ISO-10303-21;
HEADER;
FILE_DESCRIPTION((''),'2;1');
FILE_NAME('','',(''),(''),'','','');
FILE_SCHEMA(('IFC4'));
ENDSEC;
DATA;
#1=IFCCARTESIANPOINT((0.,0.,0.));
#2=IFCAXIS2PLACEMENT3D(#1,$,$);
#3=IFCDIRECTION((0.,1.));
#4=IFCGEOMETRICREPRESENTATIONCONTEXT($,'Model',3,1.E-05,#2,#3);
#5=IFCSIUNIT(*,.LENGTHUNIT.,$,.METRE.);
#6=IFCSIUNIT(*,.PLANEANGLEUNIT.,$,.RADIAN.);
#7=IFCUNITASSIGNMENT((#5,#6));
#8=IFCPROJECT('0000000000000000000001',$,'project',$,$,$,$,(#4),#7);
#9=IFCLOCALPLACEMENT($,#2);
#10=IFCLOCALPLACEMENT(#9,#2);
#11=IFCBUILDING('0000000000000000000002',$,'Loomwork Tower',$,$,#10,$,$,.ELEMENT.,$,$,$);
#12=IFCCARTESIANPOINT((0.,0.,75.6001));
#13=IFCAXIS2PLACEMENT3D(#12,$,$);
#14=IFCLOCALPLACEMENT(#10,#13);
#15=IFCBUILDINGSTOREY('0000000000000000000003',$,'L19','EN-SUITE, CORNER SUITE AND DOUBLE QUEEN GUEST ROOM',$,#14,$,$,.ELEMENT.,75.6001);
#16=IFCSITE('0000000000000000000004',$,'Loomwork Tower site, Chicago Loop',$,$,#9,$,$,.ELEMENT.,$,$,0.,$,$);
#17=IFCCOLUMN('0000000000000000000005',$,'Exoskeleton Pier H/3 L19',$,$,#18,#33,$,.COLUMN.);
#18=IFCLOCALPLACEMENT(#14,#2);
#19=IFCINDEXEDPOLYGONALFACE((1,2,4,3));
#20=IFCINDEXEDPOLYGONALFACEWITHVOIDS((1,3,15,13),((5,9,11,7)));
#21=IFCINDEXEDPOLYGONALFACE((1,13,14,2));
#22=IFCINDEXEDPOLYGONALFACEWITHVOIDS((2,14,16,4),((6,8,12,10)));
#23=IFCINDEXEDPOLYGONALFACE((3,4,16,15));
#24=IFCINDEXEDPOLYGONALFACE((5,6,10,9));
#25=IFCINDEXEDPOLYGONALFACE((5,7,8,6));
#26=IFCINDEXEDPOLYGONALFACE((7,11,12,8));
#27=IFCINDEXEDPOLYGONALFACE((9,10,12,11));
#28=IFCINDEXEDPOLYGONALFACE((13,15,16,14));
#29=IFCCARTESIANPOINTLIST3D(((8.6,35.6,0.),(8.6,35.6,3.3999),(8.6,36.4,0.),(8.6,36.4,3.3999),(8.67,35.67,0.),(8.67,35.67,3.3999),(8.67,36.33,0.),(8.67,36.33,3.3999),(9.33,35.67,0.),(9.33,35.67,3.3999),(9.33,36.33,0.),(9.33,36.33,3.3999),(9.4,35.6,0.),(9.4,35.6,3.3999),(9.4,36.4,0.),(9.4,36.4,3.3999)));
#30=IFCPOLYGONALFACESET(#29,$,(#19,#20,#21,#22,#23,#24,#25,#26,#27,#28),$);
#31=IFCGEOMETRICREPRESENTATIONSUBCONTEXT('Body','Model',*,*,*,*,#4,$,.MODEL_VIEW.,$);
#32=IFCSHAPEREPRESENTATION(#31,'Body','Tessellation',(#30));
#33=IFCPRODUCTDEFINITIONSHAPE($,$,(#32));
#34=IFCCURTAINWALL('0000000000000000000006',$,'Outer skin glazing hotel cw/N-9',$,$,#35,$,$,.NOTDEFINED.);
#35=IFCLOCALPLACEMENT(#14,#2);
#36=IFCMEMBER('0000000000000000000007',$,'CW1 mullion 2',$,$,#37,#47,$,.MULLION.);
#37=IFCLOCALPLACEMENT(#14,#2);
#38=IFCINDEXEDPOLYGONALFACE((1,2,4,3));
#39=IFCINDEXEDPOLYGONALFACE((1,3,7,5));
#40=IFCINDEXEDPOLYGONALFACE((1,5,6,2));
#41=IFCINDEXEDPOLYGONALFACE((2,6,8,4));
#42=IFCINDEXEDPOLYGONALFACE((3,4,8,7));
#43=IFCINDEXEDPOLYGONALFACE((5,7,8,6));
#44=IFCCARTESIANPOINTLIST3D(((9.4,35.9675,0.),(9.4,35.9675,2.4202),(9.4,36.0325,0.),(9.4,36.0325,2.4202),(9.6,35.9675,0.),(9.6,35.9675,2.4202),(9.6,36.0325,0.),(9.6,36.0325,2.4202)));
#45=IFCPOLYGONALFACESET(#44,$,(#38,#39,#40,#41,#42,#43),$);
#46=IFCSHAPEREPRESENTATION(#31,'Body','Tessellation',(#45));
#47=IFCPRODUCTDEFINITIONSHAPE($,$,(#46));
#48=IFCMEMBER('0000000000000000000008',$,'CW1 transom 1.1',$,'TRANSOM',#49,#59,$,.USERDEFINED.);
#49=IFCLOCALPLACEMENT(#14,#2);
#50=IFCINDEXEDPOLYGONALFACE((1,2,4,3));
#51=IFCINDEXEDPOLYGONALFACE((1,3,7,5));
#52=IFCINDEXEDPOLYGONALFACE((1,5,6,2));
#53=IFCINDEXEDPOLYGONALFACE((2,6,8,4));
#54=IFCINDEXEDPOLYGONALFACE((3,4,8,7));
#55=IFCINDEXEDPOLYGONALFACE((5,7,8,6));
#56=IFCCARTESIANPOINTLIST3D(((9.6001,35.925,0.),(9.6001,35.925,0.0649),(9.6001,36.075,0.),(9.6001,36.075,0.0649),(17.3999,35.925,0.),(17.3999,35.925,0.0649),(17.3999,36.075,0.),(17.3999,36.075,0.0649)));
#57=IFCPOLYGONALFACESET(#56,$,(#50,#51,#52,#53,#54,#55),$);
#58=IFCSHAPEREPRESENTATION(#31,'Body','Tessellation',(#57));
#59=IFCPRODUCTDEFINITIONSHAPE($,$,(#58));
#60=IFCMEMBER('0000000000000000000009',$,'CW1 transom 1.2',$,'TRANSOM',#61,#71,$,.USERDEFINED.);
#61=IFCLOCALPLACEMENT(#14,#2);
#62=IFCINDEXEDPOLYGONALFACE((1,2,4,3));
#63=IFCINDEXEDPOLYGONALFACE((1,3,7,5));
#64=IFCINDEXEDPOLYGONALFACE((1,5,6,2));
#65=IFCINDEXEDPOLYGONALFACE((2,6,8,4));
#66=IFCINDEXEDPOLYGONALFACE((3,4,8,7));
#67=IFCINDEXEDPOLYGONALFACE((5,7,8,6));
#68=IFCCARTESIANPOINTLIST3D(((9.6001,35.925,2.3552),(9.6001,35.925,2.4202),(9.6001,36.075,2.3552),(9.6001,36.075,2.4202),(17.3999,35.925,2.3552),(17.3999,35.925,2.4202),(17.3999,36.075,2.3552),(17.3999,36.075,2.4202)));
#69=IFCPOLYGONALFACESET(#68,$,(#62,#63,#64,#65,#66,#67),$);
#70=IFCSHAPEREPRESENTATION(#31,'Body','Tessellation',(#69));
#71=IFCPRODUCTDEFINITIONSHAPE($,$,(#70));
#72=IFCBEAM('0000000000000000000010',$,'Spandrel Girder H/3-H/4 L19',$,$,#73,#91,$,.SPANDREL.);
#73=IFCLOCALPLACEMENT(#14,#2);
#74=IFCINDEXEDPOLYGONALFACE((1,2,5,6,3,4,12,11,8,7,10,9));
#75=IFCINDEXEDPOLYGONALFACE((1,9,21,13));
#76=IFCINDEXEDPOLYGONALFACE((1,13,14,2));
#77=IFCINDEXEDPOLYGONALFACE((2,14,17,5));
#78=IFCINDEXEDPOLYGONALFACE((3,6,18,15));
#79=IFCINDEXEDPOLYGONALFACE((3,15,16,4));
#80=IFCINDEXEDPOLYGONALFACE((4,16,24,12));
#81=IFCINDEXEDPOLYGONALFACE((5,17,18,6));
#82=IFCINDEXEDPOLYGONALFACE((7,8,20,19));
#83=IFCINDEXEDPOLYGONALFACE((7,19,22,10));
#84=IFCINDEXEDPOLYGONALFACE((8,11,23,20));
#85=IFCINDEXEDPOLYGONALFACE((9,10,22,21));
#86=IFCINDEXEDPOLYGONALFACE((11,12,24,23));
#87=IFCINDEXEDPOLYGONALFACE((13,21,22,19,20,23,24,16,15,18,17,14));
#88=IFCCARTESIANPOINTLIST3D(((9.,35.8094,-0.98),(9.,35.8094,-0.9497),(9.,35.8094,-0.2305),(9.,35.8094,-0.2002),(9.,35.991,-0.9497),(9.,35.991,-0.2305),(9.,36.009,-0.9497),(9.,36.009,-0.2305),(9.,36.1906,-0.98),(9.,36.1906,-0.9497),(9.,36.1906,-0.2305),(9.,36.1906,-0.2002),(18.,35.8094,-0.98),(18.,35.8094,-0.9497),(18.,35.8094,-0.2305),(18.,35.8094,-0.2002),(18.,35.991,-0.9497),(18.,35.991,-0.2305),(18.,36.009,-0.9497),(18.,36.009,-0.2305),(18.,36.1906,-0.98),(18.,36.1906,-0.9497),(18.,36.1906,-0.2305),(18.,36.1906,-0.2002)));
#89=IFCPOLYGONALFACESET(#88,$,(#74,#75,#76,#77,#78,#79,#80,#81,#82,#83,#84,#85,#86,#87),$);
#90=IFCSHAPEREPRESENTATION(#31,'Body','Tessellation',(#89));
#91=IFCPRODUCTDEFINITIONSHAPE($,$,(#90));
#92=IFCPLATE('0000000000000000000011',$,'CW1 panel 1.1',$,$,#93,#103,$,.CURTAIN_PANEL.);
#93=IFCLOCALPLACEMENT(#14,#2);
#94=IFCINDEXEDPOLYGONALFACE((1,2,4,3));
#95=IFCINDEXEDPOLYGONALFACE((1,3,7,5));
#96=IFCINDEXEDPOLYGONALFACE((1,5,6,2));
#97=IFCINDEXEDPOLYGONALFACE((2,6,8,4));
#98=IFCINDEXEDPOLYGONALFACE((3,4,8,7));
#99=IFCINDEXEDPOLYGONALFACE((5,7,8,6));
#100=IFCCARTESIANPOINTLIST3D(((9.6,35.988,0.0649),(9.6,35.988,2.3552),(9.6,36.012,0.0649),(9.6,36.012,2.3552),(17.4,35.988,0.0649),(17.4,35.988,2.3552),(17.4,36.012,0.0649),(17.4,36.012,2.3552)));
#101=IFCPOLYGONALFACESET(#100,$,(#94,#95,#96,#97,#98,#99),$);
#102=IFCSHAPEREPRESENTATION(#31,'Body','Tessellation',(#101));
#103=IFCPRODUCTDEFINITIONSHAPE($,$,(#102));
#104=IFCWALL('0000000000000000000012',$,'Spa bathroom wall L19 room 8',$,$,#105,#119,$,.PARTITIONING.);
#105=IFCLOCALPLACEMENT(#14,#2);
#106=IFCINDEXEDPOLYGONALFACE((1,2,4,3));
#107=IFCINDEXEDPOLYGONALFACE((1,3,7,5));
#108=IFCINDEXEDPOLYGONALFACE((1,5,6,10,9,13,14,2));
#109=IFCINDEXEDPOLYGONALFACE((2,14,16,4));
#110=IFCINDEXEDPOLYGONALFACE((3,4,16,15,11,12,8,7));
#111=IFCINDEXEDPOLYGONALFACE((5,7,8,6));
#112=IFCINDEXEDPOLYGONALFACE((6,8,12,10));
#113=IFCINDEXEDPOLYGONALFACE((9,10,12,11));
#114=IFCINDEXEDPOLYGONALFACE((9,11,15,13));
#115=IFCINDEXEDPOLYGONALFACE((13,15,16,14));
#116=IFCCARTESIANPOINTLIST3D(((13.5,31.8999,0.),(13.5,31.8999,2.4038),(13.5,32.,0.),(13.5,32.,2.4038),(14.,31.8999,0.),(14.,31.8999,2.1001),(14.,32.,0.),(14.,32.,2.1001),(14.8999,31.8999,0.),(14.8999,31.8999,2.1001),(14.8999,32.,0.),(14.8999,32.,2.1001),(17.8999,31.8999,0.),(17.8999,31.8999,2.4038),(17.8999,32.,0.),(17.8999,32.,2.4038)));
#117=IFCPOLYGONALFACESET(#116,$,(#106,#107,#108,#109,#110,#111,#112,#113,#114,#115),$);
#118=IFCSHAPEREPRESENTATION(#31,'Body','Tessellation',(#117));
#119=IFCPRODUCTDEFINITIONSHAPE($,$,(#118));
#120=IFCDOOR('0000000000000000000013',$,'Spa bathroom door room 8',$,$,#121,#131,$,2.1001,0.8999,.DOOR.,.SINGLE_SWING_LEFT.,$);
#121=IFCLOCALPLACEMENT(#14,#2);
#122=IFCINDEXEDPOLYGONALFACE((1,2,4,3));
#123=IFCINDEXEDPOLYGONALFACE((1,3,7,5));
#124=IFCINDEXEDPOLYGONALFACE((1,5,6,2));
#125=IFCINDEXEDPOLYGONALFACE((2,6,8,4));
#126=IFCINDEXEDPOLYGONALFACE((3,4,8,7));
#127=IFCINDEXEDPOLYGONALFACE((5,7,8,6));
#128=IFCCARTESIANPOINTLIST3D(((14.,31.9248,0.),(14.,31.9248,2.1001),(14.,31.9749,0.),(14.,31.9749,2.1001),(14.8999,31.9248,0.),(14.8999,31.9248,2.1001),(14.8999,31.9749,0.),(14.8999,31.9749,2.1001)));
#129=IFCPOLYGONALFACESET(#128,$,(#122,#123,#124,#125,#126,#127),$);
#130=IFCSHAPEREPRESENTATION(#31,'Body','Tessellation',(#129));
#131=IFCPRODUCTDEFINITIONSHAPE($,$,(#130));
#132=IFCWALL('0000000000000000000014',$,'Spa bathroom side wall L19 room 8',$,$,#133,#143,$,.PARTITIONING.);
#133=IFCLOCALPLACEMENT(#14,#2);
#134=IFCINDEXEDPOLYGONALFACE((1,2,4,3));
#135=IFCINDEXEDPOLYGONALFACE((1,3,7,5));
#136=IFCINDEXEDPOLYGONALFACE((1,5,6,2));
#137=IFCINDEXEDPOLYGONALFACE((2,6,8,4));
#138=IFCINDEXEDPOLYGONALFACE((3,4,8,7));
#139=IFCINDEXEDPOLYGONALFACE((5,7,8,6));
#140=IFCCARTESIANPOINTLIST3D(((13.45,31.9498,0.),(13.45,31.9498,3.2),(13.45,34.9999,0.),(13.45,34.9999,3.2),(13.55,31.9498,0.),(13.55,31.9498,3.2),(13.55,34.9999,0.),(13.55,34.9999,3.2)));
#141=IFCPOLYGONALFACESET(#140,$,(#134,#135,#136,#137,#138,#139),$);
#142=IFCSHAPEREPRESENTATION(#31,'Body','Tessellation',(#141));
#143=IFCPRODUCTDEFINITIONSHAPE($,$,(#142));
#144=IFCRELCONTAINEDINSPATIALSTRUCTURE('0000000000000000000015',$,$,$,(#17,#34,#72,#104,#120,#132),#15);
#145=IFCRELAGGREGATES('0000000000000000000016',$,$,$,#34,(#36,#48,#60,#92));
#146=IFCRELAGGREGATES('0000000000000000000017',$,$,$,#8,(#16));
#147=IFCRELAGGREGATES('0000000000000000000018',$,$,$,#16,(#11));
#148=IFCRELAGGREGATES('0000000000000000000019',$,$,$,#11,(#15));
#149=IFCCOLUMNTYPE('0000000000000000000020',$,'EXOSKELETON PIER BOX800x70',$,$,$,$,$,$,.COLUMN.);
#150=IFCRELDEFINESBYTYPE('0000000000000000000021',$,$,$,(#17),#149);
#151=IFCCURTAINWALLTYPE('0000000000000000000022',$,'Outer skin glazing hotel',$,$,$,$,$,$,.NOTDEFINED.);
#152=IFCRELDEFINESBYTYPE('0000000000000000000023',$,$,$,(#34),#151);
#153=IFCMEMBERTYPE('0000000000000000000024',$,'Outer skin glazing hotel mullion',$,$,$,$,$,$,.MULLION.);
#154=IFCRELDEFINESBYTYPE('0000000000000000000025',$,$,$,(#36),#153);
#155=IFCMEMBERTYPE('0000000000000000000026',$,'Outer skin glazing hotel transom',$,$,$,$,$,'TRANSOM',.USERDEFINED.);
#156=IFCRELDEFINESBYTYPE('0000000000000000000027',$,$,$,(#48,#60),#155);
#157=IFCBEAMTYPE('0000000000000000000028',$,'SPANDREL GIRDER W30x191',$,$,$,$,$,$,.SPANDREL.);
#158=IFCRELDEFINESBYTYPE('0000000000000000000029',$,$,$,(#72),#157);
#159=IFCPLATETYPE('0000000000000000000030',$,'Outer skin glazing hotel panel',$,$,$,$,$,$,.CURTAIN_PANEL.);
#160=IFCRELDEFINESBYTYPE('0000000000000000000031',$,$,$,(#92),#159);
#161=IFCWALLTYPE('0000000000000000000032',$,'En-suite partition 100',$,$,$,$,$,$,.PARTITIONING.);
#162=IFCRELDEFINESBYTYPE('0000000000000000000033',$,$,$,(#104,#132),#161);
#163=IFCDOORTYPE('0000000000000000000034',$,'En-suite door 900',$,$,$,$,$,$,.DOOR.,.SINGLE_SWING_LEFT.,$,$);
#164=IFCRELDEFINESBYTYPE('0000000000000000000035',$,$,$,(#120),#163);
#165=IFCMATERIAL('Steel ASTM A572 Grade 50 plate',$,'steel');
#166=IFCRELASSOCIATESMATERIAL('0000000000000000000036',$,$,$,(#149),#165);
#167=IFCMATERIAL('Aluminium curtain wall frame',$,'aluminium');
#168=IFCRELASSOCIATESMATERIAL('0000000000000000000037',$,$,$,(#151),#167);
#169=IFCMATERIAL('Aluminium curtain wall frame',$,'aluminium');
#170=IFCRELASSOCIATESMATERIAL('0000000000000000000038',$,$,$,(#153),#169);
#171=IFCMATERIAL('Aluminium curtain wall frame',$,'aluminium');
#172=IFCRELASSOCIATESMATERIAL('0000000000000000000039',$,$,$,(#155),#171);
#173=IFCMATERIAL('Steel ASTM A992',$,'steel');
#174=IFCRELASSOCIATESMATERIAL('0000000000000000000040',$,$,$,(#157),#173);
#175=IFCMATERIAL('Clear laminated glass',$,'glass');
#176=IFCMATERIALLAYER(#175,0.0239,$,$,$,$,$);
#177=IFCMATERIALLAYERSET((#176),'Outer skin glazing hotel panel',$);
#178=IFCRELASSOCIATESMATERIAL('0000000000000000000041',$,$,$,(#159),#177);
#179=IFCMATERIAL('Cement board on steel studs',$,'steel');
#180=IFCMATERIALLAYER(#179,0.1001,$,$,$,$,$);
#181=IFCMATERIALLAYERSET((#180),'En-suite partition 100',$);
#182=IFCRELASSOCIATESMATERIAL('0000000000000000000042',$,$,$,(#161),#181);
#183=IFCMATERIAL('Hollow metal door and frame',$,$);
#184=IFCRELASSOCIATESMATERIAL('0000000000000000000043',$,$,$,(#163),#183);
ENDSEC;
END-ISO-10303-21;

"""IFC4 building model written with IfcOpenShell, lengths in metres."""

from ifc_helpers import new_model, si_unit, direction, frame, frame_2d, origin, origin_2d, place, context, subcontext, project, spatial, rectangle, hollow_rectangle, i_section, extrude, material, layer, layer_set, material_profile, profile_set, type_object, element, fill, aggregate, save


model = new_model("IFC4")

# Units and contexts
model_context = context("Model", 3, precision=1e-05, world=origin(), true_north=direction((0.0, 1.0)))
body_context = subcontext(model_context, "Body", "Model", "MODEL_VIEW")
ifc_project = project(units=[si_unit("LENGTHUNIT", "METRE"), si_unit("PLANEANGLEUNIT", "RADIAN")], contexts=[model_context])

# Site, building, storey
site_placement = place(None, origin())
site = spatial("IfcSite", under=ifc_project, at=site_placement, Name="Loomwork Tower site, Chicago Loop", CompositionType="ELEMENT", RefElevation=0.0)
building_placement = place(site_placement, origin())
building = spatial("IfcBuilding", under=site, at=building_placement, Name="Loomwork Tower", CompositionType="ELEMENT")
storey_placement = place(building_placement, frame((0.0, 0.0, 75.6001)))
storey = spatial("IfcBuildingStorey", under=building, at=storey_placement, Name="L19", Description="EN-SUITE, CORNER SUITE AND DOUBLE QUEEN GUEST ROOM", CompositionType="ELEMENT", Elevation=75.6001)

# Column
ifc_material_1 = material(Name="Steel ASTM A572 Grade 50 plate", Category="steel")
ifc_material_profile_1 = material_profile(ifc_material_1, hollow_rectangle(XDim=0.8, YDim=0.8, WallThickness=0.0701, at=origin_2d()), Name="BOX800x70")
ifc_profile_set_1 = profile_set([ifc_material_profile_1], Name="Steel ASTM A572 Grade 50 plate")
column_type = type_object("IfcColumnType", Name="EXOSKELETON PIER BOX800x70", PredefinedType="COLUMN", material=ifc_profile_set_1)
column_placement = place(storey_placement, frame((9.0, 36.0, 0.0), z_axis=(0.0, 0.0, 1.0), x_axis=(1.0, 0.0, 0.0)))
element("IfcColumn", 1, at=column_placement, inside=storey, type_object=column_type, Name="Exoskeleton Pier H/3 L19", PredefinedType="COLUMN", context=body_context, shape_type="SweptSolid", body=[
    extrude(hollow_rectangle(XDim=0.8, YDim=0.8, WallThickness=0.0701, at=origin_2d()), origin(), (0.0, 0.0, 1.0), 3.3999),
])

# Curtain wall, members
ifc_material_2 = material(Name="Aluminium curtain wall frame", Category="aluminium")
curtain_wall_type = type_object("IfcCurtainWallType", Name="Outer skin glazing hotel", PredefinedType="NOTDEFINED", material=ifc_material_2)
curtain_wall_placement = place(storey_placement, origin())
curtain_wall = element("IfcCurtainWall", 2, at=curtain_wall_placement, inside=storey, type_object=curtain_wall_type, Name="Outer skin glazing hotel cw/N-9", PredefinedType="NOTDEFINED")
ifc_material_3 = material(Name="Aluminium curtain wall frame", Category="aluminium")
ifc_material_profile_2 = material_profile(ifc_material_3, rectangle(XDim=0.0649, YDim=0.2, at=origin_2d()), Name="AL 65x200")
ifc_profile_set_2 = profile_set([ifc_material_profile_2], Name="Aluminium curtain wall frame")
member_type_1 = type_object("IfcMemberType", Name="Outer skin glazing hotel mullion", PredefinedType="MULLION", material=ifc_profile_set_2)
member_1_placement = place(storey_placement, frame((9.5, 36.0, 0.0), z_axis=(0.0, 0.0, 1.0), x_axis=(0.0, -1.0, 0.0)))
member_1 = element("IfcMember", 3, at=member_1_placement, type_object=member_type_1, Name="CW1 mullion 2", PredefinedType="MULLION", context=body_context, shape_type="SweptSolid", body=[
    extrude(rectangle(XDim=0.0649, YDim=0.2, at=origin_2d()), origin(), (0.0, 0.0, 1.0), 2.4202),
])
ifc_material_4 = material(Name="Aluminium curtain wall frame", Category="aluminium")
ifc_material_profile_3 = material_profile(ifc_material_4, rectangle(XDim=0.1499, YDim=0.0649, at=origin_2d()), Name="AL 65x150")
ifc_profile_set_3 = profile_set([ifc_material_profile_3], Name="Aluminium curtain wall frame")
member_type_2 = type_object("IfcMemberType", Name="Outer skin glazing hotel transom", ElementType="TRANSOM", PredefinedType="USERDEFINED", material=ifc_profile_set_3)
member_2_placement = place(storey_placement, frame((17.3999, 36.0, 0.0325), z_axis=(-1.0, 0.0, 0.0), x_axis=(0.0, -1.0, 0.0)))
member_2 = element("IfcMember", 4, at=member_2_placement, type_object=member_type_2, Name="CW1 transom 1.1", ObjectType="TRANSOM", PredefinedType="USERDEFINED", context=body_context, shape_type="SweptSolid", body=[
    extrude(rectangle(XDim=0.1499, YDim=0.0649, at=origin_2d()), origin(), (0.0, 0.0, 1.0), 7.7998),
])
member_3_placement = place(storey_placement, frame((17.3999, 36.0, 2.3877), z_axis=(-1.0, 0.0, 0.0), x_axis=(0.0, -1.0, 0.0)))
member_3 = element("IfcMember", 5, at=member_3_placement, type_object=member_type_2, Name="CW1 transom 1.2", ObjectType="TRANSOM", PredefinedType="USERDEFINED", context=body_context, shape_type="SweptSolid", body=[
    extrude(rectangle(XDim=0.1499, YDim=0.0649, at=origin_2d()), origin(), (0.0, 0.0, 1.0), 7.7998),
])

# Beam
ifc_material_5 = material(Name="Steel ASTM A992", Category="steel")
ifc_material_profile_4 = material_profile(ifc_material_5, i_section(OverallWidth=0.3811, OverallDepth=0.7798, WebThickness=0.0181, FlangeThickness=0.0303, at=origin_2d()), Name="W30x191")
ifc_profile_set_4 = profile_set([ifc_material_profile_4], Name="Steel ASTM A992")
beam_type = type_object("IfcBeamType", Name="SPANDREL GIRDER W30x191", PredefinedType="SPANDREL", material=ifc_profile_set_4)
beam_placement = place(storey_placement, frame((9.0, 36.0, -0.5901), z_axis=(1.0, 0.0, 0.0), x_axis=(0.0, 1.0, 0.0)))
element("IfcBeam", 6, at=beam_placement, inside=storey, type_object=beam_type, Name="Spandrel Girder H/3-H/4 L19", PredefinedType="SPANDREL", context=body_context, shape_type="SweptSolid", body=[
    extrude(i_section(OverallWidth=0.3811, OverallDepth=0.7798, WebThickness=0.0181, FlangeThickness=0.0303, at=origin_2d()), origin(), (0.0, 0.0, 1.0), 9.0),
])

# Plate
ifc_material_6 = material(Name="Clear laminated glass", Category="glass")
ifc_layer_1 = layer(ifc_material_6, 0.0239)
ifc_layer_set_1 = layer_set([ifc_layer_1], Name="Outer skin glazing hotel panel")
plate_type = type_object("IfcPlateType", Name="Outer skin glazing hotel panel", PredefinedType="CURTAIN_PANEL", material=ifc_layer_set_1)
plate_placement = place(storey_placement, frame((13.5, 36.0, 0.0649), z_axis=(0.0, 0.0, 1.0), x_axis=(-1.0, 0.0, 0.0)))
plate = element("IfcPlate", 7, at=plate_placement, type_object=plate_type, Name="CW1 panel 1.1", PredefinedType="CURTAIN_PANEL", context=body_context, shape_type="SweptSolid", body=[
    extrude(rectangle(XDim=7.8, YDim=0.0239, at=origin_2d()), origin(), (0.0, 0.0, 1.0), 2.2903),
])
aggregate(curtain_wall, [member_1, member_2, member_3, plate])

# Wall, opening, door
ifc_material_7 = material(Name="Cement board on steel studs", Category="steel")
ifc_layer_2 = layer(ifc_material_7, 0.1001)
ifc_layer_set_2 = layer_set([ifc_layer_2], Name="En-suite partition 100")
wall_type_1 = type_object("IfcWallType", Name="En-suite partition 100", PredefinedType="PARTITIONING", material=ifc_layer_set_2)
wall_1_placement = place(storey_placement, frame((13.5, 31.95, 0.0), z_axis=(0.0, 0.0, 1.0), x_axis=(1.0, 0.0, 0.0)))
wall_1 = element("IfcWall", 8, at=wall_1_placement, inside=storey, type_object=wall_type_1, Name="Spa bathroom wall L19 room 8", PredefinedType="PARTITIONING", context=body_context, shape_type="SweptSolid", body=[
    extrude(rectangle(XDim=4.3999, YDim=0.1001, at=frame_2d((2.2, 0.0))), origin(), (0.0, 0.0, 1.0), 2.4038),
])
opening_1_placement = place(wall_1_placement, frame((0.5, 0.0, 0.0)))
opening_1 = element("IfcOpeningElement", 9, at=opening_1_placement, cuts=wall_1, PredefinedType="OPENING", context=body_context, shape_type="SweptSolid", body=[
    extrude(rectangle(XDim=0.8999, YDim=2.1001, at=frame_2d((0.45, 1.05))), frame((0.0, 0.0601, 0.0), z_axis=(0.0, -1.0, 0.0), x_axis=(1.0, 0.0, 0.0)), (0.0, 0.0, 1.0), 0.1201),
])
ifc_material_8 = material(Name="Hollow metal door and frame")
door_type = type_object("IfcDoorType", Name="En-suite door 900", OperationType="SINGLE_SWING_LEFT", PredefinedType="DOOR", material=ifc_material_8)
door_placement = place(opening_1_placement, origin())
door = element("IfcDoor", 10, at=door_placement, inside=storey, type_object=door_type, Name="Spa bathroom door room 8", OperationType="SINGLE_SWING_LEFT", OverallHeight=2.1001, OverallWidth=0.8999, PredefinedType="DOOR", context=body_context, shape_type="SweptSolid", body=[
    extrude(rectangle(XDim=0.8999, YDim=2.1001, at=frame_2d((0.45, 1.05))), frame((0.0, 0.0249, 0.0), z_axis=(0.0, -1.0, 0.0), x_axis=(1.0, 0.0, 0.0)), (0.0, 0.0, 1.0), 0.05),
])
fill(opening_1, door)

# Wall
wall_2_placement = place(storey_placement, frame((13.5, 31.95, 0.0), z_axis=(0.0, 0.0, 1.0), x_axis=(0.0, 1.0, 0.0)))
element("IfcWall", 11, at=wall_2_placement, inside=storey, type_object=wall_type_1, Name="Spa bathroom side wall L19 room 8", PredefinedType="PARTITIONING", context=body_context, shape_type="SweptSolid", body=[
    extrude(rectangle(XDim=3.05, YDim=0.1001, at=frame_2d((1.5249, 0.0))), origin(), (0.0, 0.0, 1.0), 3.2),
])

save(model, "model.ifc")
